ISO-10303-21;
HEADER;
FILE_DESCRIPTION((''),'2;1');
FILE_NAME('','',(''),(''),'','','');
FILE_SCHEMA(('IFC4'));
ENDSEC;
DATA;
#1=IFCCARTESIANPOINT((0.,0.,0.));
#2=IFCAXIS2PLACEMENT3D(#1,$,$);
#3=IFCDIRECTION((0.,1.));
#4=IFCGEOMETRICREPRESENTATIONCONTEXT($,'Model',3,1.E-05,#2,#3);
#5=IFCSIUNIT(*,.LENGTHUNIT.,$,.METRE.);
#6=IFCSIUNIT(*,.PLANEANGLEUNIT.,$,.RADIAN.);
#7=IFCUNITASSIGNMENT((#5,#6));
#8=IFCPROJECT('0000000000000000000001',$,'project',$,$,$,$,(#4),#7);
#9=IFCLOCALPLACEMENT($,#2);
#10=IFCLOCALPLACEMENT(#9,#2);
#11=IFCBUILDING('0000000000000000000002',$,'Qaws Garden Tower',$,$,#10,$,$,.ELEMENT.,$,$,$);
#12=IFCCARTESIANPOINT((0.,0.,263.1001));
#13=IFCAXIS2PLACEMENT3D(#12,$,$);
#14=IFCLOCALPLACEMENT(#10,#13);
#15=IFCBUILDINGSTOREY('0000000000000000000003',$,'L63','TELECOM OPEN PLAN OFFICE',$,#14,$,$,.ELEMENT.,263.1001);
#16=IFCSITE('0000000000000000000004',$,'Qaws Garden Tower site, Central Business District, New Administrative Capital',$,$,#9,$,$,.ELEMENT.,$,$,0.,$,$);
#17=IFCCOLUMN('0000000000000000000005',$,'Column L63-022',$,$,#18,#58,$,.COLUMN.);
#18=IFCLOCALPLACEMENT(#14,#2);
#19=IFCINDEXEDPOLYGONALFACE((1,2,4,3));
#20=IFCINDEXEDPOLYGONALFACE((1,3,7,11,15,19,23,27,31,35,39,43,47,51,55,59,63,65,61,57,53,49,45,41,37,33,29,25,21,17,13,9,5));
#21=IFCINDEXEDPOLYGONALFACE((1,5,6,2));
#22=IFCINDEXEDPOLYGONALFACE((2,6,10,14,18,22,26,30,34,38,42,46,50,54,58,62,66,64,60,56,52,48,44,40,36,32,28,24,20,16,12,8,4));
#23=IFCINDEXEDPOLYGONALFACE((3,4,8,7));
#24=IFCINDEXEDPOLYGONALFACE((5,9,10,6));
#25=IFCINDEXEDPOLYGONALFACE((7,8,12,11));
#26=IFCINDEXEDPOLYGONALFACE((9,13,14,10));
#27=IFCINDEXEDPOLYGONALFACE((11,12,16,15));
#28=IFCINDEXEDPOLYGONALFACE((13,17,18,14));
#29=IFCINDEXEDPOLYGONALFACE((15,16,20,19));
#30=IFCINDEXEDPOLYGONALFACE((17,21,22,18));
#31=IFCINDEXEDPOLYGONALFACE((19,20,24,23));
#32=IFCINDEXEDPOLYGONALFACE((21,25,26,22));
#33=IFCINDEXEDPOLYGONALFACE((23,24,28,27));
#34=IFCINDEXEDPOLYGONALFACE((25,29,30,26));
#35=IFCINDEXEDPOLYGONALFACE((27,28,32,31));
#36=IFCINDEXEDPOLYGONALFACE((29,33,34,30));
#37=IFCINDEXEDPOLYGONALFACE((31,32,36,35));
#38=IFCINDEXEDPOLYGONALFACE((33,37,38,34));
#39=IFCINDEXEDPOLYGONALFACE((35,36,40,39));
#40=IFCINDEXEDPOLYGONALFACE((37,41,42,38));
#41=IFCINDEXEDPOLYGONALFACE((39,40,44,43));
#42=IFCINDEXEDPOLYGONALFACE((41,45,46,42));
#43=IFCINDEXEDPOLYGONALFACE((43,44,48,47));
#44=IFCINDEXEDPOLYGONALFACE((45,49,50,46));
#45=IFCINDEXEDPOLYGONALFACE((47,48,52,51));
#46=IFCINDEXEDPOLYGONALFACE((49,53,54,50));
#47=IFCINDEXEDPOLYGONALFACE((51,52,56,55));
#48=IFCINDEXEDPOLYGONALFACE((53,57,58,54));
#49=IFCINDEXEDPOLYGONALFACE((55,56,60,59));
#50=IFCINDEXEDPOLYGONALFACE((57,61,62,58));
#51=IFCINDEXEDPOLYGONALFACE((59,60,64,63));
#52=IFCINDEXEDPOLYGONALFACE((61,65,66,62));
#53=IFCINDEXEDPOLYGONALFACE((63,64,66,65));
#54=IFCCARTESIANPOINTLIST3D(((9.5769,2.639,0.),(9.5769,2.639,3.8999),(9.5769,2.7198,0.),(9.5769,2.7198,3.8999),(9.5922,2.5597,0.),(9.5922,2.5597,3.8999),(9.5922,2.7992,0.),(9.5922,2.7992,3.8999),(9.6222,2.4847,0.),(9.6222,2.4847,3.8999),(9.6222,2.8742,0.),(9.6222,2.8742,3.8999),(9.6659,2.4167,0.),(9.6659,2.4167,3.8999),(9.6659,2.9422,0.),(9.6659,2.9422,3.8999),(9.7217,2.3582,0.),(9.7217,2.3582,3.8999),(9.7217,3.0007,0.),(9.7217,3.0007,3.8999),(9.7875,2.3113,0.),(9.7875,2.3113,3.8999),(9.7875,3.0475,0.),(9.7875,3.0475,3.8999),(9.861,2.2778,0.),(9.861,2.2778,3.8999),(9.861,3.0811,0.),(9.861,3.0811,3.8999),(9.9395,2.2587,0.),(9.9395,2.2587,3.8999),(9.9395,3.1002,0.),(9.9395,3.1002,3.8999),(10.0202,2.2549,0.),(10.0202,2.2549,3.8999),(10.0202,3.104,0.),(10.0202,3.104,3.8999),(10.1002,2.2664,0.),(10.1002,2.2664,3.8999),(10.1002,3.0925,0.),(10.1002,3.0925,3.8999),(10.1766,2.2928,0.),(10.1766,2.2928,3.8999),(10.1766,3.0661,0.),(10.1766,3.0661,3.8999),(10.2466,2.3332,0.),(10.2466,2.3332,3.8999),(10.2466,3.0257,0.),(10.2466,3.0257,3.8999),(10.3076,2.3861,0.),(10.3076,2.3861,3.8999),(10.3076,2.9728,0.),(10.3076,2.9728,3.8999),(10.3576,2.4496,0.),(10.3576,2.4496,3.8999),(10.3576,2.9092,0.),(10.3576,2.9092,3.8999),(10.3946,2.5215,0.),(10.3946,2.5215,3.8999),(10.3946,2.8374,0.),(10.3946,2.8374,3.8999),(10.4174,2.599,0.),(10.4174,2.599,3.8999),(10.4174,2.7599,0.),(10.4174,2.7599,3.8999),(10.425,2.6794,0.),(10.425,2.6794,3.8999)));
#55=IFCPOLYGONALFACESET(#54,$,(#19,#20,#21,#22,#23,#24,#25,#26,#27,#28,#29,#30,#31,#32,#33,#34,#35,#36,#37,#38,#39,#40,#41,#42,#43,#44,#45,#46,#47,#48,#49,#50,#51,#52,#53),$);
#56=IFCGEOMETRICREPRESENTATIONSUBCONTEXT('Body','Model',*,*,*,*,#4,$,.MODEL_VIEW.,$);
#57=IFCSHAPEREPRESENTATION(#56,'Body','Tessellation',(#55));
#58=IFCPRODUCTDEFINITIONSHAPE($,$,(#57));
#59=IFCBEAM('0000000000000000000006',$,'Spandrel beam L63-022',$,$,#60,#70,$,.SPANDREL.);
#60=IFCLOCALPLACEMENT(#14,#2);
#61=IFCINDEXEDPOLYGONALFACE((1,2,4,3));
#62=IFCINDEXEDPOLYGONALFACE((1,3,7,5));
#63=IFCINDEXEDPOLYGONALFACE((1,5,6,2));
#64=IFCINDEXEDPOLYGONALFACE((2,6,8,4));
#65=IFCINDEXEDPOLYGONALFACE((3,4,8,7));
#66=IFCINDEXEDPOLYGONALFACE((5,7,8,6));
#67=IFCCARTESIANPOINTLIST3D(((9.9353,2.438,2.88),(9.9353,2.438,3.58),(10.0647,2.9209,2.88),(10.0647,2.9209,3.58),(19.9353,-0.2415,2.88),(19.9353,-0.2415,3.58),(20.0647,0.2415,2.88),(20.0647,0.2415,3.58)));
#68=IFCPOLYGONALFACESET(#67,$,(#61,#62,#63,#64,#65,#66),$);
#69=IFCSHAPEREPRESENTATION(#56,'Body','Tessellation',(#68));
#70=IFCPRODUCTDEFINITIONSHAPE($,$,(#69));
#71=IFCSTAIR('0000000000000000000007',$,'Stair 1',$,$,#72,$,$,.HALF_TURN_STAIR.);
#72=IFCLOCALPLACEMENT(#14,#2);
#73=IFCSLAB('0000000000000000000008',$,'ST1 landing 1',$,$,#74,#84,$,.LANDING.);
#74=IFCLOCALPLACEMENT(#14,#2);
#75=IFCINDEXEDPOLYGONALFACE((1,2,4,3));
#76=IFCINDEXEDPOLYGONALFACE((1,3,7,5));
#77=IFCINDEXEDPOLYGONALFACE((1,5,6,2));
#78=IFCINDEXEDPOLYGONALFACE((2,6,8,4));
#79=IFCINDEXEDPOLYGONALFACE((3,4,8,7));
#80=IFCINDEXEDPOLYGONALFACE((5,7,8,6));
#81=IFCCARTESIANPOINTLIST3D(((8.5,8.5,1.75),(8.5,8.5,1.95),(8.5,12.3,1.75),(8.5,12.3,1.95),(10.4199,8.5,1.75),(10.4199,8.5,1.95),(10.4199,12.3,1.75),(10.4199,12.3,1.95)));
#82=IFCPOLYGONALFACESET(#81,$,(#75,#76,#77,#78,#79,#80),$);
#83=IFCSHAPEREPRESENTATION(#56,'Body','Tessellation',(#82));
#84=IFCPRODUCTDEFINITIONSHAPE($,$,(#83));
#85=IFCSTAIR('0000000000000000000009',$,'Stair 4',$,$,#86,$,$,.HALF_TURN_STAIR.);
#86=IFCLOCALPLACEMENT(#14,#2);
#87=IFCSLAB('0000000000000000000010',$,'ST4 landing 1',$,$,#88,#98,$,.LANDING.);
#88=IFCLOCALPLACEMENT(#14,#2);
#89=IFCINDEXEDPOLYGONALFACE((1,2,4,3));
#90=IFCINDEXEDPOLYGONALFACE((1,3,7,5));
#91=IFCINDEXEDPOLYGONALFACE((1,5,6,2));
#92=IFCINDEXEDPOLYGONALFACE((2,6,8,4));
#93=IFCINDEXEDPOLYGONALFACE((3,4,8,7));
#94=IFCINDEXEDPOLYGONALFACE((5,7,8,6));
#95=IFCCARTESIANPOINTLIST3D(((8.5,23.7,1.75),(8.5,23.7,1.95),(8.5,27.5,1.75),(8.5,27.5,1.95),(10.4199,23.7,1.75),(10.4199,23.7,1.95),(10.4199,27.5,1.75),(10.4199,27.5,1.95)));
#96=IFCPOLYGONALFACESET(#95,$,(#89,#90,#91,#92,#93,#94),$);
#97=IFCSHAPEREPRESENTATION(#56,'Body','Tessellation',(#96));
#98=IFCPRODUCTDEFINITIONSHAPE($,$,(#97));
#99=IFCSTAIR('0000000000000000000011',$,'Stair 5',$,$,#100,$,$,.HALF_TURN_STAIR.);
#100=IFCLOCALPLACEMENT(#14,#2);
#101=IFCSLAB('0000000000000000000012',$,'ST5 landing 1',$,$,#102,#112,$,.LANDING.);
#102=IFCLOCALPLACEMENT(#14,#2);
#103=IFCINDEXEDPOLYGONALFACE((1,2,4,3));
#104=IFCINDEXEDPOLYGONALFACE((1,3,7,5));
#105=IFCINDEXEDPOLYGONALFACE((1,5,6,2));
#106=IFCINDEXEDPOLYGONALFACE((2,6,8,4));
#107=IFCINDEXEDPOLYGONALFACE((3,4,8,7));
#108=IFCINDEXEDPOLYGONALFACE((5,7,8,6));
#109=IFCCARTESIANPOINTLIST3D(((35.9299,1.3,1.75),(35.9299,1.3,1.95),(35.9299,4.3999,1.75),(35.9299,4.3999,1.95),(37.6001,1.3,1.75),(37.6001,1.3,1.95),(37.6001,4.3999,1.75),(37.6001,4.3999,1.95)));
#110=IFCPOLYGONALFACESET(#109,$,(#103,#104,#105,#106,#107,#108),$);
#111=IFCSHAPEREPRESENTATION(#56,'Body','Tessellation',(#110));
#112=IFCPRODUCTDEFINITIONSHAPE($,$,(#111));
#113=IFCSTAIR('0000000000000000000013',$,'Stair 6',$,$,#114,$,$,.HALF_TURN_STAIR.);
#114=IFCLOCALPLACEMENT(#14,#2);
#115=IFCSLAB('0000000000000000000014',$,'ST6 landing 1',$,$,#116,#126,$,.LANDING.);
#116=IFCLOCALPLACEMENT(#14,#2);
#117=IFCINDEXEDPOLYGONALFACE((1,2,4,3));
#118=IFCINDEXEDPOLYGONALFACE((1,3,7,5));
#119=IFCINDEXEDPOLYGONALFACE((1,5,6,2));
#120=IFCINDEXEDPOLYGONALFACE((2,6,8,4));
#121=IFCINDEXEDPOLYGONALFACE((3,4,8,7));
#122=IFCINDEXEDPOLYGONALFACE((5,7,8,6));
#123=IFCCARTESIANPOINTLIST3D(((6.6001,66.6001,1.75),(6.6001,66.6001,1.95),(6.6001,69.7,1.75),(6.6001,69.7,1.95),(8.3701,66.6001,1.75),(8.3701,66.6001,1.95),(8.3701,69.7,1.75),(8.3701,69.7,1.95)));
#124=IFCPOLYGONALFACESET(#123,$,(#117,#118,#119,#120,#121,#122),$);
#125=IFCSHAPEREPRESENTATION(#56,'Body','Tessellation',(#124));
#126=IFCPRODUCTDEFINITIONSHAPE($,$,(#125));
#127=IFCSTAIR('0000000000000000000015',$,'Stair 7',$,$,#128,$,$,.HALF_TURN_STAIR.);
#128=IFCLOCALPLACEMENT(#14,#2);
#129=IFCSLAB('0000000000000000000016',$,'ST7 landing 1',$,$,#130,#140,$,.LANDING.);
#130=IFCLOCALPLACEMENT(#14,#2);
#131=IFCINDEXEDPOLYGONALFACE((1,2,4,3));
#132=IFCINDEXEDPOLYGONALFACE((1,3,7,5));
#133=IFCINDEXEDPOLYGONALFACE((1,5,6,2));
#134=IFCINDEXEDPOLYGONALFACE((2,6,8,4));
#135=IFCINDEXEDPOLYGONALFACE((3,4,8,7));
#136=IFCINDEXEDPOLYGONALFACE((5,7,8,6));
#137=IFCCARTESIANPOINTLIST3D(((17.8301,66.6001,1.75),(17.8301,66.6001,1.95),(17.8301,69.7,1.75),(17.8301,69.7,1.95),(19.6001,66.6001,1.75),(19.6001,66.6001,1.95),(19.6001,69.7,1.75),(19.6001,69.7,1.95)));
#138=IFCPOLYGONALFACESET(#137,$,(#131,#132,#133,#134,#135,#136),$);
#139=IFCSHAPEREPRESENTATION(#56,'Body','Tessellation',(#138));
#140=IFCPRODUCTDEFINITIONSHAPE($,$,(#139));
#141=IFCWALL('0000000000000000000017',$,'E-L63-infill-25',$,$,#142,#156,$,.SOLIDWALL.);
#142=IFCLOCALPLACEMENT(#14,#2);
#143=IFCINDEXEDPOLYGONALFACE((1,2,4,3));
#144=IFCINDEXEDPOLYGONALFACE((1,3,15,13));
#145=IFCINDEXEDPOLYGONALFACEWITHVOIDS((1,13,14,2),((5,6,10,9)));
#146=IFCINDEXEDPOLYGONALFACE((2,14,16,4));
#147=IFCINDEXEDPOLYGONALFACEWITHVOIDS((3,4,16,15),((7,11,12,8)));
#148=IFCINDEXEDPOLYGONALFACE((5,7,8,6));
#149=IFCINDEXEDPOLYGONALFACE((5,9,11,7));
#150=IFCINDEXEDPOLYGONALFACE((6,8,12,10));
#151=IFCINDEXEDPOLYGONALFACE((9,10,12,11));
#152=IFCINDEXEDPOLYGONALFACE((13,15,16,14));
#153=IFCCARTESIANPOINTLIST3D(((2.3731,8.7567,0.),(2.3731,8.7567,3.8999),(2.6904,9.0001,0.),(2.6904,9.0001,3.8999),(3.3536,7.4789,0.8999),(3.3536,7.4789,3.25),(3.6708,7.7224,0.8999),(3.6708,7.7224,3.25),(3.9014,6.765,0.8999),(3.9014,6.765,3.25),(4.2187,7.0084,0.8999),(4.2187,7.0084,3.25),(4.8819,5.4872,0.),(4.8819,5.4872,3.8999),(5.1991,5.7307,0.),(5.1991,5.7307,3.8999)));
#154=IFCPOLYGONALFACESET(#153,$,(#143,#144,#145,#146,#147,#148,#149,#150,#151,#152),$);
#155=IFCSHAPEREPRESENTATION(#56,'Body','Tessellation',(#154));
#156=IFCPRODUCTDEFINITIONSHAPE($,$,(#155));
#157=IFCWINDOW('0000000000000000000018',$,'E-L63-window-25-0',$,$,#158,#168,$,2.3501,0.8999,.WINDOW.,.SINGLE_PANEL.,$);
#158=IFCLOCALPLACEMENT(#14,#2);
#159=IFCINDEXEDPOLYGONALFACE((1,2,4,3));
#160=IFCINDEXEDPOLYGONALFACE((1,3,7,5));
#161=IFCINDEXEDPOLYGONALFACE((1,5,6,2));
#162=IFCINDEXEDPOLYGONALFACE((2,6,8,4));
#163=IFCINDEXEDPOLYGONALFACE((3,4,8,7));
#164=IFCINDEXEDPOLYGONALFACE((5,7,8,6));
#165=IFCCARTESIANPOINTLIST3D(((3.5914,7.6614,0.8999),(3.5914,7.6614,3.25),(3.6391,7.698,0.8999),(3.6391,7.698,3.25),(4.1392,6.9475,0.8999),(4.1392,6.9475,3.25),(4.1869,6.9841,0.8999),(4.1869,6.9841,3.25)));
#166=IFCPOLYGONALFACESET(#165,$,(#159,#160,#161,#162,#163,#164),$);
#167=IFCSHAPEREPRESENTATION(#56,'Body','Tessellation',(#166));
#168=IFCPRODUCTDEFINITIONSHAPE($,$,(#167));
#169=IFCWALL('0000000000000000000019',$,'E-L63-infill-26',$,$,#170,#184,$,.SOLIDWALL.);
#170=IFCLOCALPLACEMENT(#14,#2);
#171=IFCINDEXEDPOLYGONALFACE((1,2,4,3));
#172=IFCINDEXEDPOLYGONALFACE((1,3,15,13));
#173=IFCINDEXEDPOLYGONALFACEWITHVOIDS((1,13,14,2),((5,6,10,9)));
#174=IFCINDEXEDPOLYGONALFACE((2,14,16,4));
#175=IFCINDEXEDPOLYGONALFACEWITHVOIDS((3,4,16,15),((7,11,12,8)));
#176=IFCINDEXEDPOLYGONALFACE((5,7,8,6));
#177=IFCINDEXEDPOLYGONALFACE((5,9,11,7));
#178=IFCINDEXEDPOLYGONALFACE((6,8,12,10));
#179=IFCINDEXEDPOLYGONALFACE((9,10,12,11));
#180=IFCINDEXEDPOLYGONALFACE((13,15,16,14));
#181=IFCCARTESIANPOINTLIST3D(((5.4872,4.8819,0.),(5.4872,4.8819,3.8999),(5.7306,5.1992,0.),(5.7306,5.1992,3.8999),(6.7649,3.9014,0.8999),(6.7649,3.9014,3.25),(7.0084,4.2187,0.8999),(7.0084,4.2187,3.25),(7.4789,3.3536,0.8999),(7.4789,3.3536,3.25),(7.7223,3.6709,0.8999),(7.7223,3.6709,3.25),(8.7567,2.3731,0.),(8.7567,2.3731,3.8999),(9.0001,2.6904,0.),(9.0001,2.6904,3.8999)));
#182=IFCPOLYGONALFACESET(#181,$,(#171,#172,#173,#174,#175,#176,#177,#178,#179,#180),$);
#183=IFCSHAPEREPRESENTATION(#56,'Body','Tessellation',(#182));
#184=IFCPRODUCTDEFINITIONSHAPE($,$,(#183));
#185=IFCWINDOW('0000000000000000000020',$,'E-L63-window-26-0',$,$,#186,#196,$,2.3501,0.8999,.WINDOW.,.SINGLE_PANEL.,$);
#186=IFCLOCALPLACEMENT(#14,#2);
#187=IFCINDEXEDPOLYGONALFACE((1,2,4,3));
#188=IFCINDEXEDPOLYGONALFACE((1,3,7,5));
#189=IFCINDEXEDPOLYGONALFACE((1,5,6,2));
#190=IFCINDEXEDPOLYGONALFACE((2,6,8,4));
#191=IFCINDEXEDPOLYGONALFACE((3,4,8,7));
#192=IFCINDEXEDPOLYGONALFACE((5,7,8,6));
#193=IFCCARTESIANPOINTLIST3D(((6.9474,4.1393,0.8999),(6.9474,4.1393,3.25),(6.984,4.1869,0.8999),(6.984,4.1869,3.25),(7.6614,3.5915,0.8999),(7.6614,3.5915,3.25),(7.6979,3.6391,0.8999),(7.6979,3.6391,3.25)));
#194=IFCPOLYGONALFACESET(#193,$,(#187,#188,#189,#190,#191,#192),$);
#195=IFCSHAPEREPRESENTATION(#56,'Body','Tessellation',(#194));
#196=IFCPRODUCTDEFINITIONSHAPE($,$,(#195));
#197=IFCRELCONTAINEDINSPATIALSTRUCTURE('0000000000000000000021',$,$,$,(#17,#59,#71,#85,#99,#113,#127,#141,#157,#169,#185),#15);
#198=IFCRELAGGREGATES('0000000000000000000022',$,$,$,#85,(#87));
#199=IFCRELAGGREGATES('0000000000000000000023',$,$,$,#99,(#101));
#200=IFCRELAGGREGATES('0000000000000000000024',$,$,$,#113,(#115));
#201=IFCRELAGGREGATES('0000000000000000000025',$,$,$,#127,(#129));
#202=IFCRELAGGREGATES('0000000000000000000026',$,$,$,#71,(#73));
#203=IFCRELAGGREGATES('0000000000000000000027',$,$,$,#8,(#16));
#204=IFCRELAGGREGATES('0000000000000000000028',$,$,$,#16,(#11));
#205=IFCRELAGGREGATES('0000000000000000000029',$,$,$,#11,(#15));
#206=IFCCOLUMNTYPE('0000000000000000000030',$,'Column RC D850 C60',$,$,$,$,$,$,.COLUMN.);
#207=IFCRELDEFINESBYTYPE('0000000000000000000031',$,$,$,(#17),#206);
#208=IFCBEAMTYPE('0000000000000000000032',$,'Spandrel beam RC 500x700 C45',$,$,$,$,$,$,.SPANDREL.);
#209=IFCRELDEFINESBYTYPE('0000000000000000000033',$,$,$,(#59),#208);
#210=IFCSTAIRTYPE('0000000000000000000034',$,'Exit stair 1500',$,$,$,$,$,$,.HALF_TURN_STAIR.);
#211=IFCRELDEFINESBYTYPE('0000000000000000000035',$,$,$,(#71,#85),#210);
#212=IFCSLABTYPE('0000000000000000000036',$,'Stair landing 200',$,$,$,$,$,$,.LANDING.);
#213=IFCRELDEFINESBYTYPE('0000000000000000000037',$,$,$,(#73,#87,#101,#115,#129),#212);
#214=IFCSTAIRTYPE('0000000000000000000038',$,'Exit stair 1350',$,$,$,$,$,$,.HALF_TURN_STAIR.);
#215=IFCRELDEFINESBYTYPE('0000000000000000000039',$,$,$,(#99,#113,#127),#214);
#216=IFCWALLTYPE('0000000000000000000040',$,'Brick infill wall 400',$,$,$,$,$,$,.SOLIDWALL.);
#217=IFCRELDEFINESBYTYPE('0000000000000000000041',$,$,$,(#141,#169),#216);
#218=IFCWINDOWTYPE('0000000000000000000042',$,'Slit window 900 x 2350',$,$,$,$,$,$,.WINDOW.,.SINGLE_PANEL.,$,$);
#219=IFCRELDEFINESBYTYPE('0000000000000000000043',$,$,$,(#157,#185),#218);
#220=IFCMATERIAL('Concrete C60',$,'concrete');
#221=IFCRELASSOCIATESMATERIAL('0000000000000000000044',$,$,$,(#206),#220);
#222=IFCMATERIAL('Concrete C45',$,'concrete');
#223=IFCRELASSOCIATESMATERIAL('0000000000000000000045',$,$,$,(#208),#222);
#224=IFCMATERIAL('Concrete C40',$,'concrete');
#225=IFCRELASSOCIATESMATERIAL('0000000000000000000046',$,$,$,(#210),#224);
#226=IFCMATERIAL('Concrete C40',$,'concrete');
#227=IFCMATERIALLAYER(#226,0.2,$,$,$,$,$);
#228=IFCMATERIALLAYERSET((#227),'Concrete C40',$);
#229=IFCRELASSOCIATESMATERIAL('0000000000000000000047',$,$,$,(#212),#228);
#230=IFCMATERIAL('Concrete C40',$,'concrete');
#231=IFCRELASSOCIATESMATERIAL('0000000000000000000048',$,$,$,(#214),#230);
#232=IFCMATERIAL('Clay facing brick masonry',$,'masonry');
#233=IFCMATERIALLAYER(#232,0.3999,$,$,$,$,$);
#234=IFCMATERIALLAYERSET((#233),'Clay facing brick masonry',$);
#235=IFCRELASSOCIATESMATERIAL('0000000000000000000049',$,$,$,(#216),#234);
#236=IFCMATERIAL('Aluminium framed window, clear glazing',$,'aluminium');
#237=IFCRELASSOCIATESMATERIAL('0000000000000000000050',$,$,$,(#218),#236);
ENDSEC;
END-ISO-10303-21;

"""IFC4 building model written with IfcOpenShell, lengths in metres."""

from ifc_helpers import new_model, si_unit, direction, frame, frame_2d, origin, origin_2d, place, context, subcontext, project, spatial, polyline, rectangle, circle, outline, extrude, material, layer, layer_set, material_profile, profile_set, type_object, element, fill, aggregate, save


model = new_model("IFC4")

# Units and contexts
model_context = context("Model", 3, precision=1e-05, world=origin(), true_north=direction((0.0, 1.0)))
body_context = subcontext(model_context, "Body", "Model", "MODEL_VIEW")
ifc_project = project(units=[si_unit("LENGTHUNIT", "METRE"), si_unit("PLANEANGLEUNIT", "RADIAN")], contexts=[model_context])

# Site, building, storey
site_placement = place(None, origin())
site = spatial("IfcSite", under=ifc_project, at=site_placement, Name="Qaws Garden Tower site, Central Business District, New Administrative Capital", CompositionType="ELEMENT", RefElevation=0.0)
building_placement = place(site_placement, origin())
building = spatial("IfcBuilding", under=site, at=building_placement, Name="Qaws Garden Tower", CompositionType="ELEMENT")
storey_placement = place(building_placement, frame((0.0, 0.0, 263.1001)))
storey = spatial("IfcBuildingStorey", under=building, at=storey_placement, Name="L63", Description="TELECOM OPEN PLAN OFFICE", CompositionType="ELEMENT", Elevation=263.1001)

# Column
ifc_material_1 = material(Name="Concrete C60", Category="concrete")
ifc_material_profile_1 = material_profile(ifc_material_1, circle(Radius=0.425, at=origin_2d()), Name="RC D850")
ifc_profile_set_1 = profile_set([ifc_material_profile_1], Name="Concrete C60")
column_type = type_object("IfcColumnType", Name="Column RC D850 C60", PredefinedType="COLUMN", material=ifc_profile_set_1)
column_placement = place(storey_placement, frame((10.0, 2.6794, 0.0), z_axis=(0.0, 0.0, 1.0), x_axis=(1.0, 0.0, 0.0)))
element("IfcColumn", 1, at=column_placement, inside=storey, type_object=column_type, Name="Column L63-022", PredefinedType="COLUMN", context=body_context, shape_type="SweptSolid", body=[
    extrude(circle(Radius=0.425, at=origin_2d()), origin(), (0.0, 0.0, 1.0), 3.8999),
])

# Beam
ifc_material_2 = material(Name="Concrete C45", Category="concrete")
ifc_material_profile_2 = material_profile(ifc_material_2, rectangle(XDim=0.5, YDim=0.7, at=origin_2d()), Name="RC 500x700")
ifc_profile_set_2 = profile_set([ifc_material_profile_2], Name="Concrete C45")
beam_type = type_object("IfcBeamType", Name="Spandrel beam RC 500x700 C45", PredefinedType="SPANDREL", material=ifc_profile_set_2)
beam_placement = place(storey_placement, frame((10.0, 2.6794, 3.23), z_axis=(0.965927, -0.258815, 0.0), x_axis=(0.258815, 0.965927, 0.0)))
element("IfcBeam", 2, at=beam_placement, inside=storey, type_object=beam_type, Name="Spandrel beam L63-022", PredefinedType="SPANDREL", context=body_context, shape_type="SweptSolid", body=[
    extrude(rectangle(XDim=0.5, YDim=0.7, at=origin_2d()), origin(), (0.0, 0.0, 1.0), 10.3528),
])

# Stairs, slabs
ifc_material_3 = material(Name="Concrete C40", Category="concrete")
stair_type_1 = type_object("IfcStairType", Name="Exit stair 1500", PredefinedType="HALF_TURN_STAIR", material=ifc_material_3)
placement_1 = place(storey_placement, origin())
stair_1 = element("IfcStair", 3, at=placement_1, inside=storey, type_object=stair_type_1, Name="Stair 1", PredefinedType="HALF_TURN_STAIR")
ifc_material_4 = material(Name="Concrete C40", Category="concrete")
ifc_layer_1 = layer(ifc_material_4, 0.2)
ifc_layer_set_1 = layer_set([ifc_layer_1], Name="Concrete C40")
slab_type = type_object("IfcSlabType", Name="Stair landing 200", PredefinedType="LANDING", material=ifc_layer_set_1)
placement_2 = place(storey_placement, frame((0.0, 0.0, 1.75)))
slab_1 = element("IfcSlab", 4, at=placement_2, type_object=slab_type, Name="ST1 landing 1", PredefinedType="LANDING", context=body_context, shape_type="SweptSolid", body=[
    extrude(outline(polyline([(8.5, 8.5), (10.4199, 8.5), (10.4199, 12.3), (8.5, 12.3), (8.5, 8.5)])), origin(), (0.0, 0.0, 1.0), 0.2),
])
stair_2 = element("IfcStair", 5, at=placement_1, inside=storey, type_object=stair_type_1, Name="Stair 4", PredefinedType="HALF_TURN_STAIR")
slab_2 = element("IfcSlab", 6, at=placement_2, type_object=slab_type, Name="ST4 landing 1", PredefinedType="LANDING", context=body_context, shape_type="SweptSolid", body=[
    extrude(outline(polyline([(8.5, 23.7), (10.4199, 23.7), (10.4199, 27.5), (8.5, 27.5), (8.5, 23.7)])), origin(), (0.0, 0.0, 1.0), 0.2),
])
aggregate(stair_2, [slab_2])
ifc_material_5 = material(Name="Concrete C40", Category="concrete")
stair_type_2 = type_object("IfcStairType", Name="Exit stair 1350", PredefinedType="HALF_TURN_STAIR", material=ifc_material_5)
stair_3 = element("IfcStair", 7, at=placement_1, inside=storey, type_object=stair_type_2, Name="Stair 5", PredefinedType="HALF_TURN_STAIR")
slab_3 = element("IfcSlab", 8, at=placement_2, type_object=slab_type, Name="ST5 landing 1", PredefinedType="LANDING", context=body_context, shape_type="SweptSolid", body=[
    extrude(outline(polyline([(35.9299, 1.3), (37.6001, 1.3), (37.6001, 4.3999), (35.9299, 4.3999), (35.9299, 1.3)])), origin(), (0.0, 0.0, 1.0), 0.2),
])
aggregate(stair_3, [slab_3])
stair_4 = element("IfcStair", 9, at=placement_1, inside=storey, type_object=stair_type_2, Name="Stair 6", PredefinedType="HALF_TURN_STAIR")
slab_4 = element("IfcSlab", 10, at=placement_2, type_object=slab_type, Name="ST6 landing 1", PredefinedType="LANDING", context=body_context, shape_type="SweptSolid", body=[
    extrude(outline(polyline([(6.6001, 66.6001), (8.3701, 66.6001), (8.3701, 69.7), (6.6001, 69.7), (6.6001, 66.6001)])), origin(), (0.0, 0.0, 1.0), 0.2),
])
aggregate(stair_4, [slab_4])
stair_5 = element("IfcStair", 11, at=placement_1, inside=storey, type_object=stair_type_2, Name="Stair 7", PredefinedType="HALF_TURN_STAIR")
slab_5 = element("IfcSlab", 12, at=placement_2, type_object=slab_type, Name="ST7 landing 1", PredefinedType="LANDING", context=body_context, shape_type="SweptSolid", body=[
    extrude(outline(polyline([(17.8301, 66.6001), (19.6001, 66.6001), (19.6001, 69.7), (17.8301, 69.7), (17.8301, 66.6001)])), origin(), (0.0, 0.0, 1.0), 0.2),
])
aggregate(stair_5, [slab_5])

# Walls, openings, windows
ifc_material_6 = material(Name="Clay facing brick masonry", Category="masonry")
ifc_layer_2 = layer(ifc_material_6, 0.3999)
ifc_layer_set_2 = layer_set([ifc_layer_2], Name="Clay facing brick masonry")
wall_type_1 = type_object("IfcWallType", Name="Brick infill wall 400", PredefinedType="SOLIDWALL", material=ifc_layer_set_2)
wall_1_placement = place(storey_placement, frame((2.5317, 8.8784, 0.0), z_axis=(0.0, 0.0, 1.0), x_axis=(0.60876, -0.793355, 0.0)))
wall_1 = element("IfcWall", 13, at=wall_1_placement, inside=storey, type_object=wall_type_1, Name="E-L63-infill-25", PredefinedType="SOLIDWALL", context=body_context, shape_type="SweptSolid", body=[
    extrude(rectangle(XDim=4.1211, YDim=0.3999, at=frame_2d((2.0605, 0.0))), origin(), (0.0, 0.0, 1.0), 3.8999),
])
opening_1_placement = place(wall_1_placement, frame((1.6106, 0.0, 0.8999)))
opening_1 = element("IfcOpeningElement", 14, at=opening_1_placement, cuts=wall_1, PredefinedType="OPENING", context=body_context, shape_type="SweptSolid", body=[
    extrude(rectangle(XDim=0.8999, YDim=2.3501, at=frame_2d((0.45, 1.175))), frame((0.0, 0.21, 0.0), z_axis=(0.0, -1.0, 0.0), x_axis=(1.0, 0.0, 0.0)), (0.0, 0.0, 1.0), 0.4199),
])
ifc_material_7 = material(Name="Aluminium framed window, clear glazing", Category="aluminium")
window_type = type_object("IfcWindowType", Name="Slit window 900 x 2350", PartitioningType="SINGLE_PANEL", PredefinedType="WINDOW", material=ifc_material_7)
window_1_placement = place(opening_1_placement, origin())
window_1 = element("IfcWindow", 15, at=window_1_placement, inside=storey, type_object=window_type, Name="E-L63-window-25-0", OverallHeight=2.3501, OverallWidth=0.8999, PartitioningType="SINGLE_PANEL", PredefinedType="WINDOW", context=body_context, shape_type="SweptSolid", body=[
    extrude(rectangle(XDim=0.8999, YDim=2.3501, at=frame_2d((0.45, 1.175))), frame((0.0, 0.1599, 0.0), z_axis=(0.0, -1.0, 0.0), x_axis=(1.0, 0.0, 0.0)), (0.0, 0.0, 1.0), 0.0601),
])
fill(opening_1, window_1)
wall_2_placement = place(storey_placement, frame((5.6089, 5.0405, 0.0), z_axis=(0.0, 0.0, 1.0), x_axis=(0.793355, -0.60876, 0.0)))
wall_2 = element("IfcWall", 16, at=wall_2_placement, inside=storey, type_object=wall_type_1, Name="E-L63-infill-26", PredefinedType="SOLIDWALL", context=body_context, shape_type="SweptSolid", body=[
    extrude(rectangle(XDim=4.1211, YDim=0.3999, at=frame_2d((2.0605, 0.0))), origin(), (0.0, 0.0, 1.0), 3.8999),
])
opening_2_placement = place(wall_2_placement, frame((1.6106, 0.0, 0.8999)))
opening_2 = element("IfcOpeningElement", 17, at=opening_2_placement, cuts=wall_2, PredefinedType="OPENING", context=body_context, shape_type="SweptSolid", body=[
    extrude(rectangle(XDim=0.8999, YDim=2.3501, at=frame_2d((0.45, 1.175))), frame((0.0, 0.21, 0.0), z_axis=(0.0, -1.0, 0.0), x_axis=(1.0, 0.0, 0.0)), (0.0, 0.0, 1.0), 0.4199),
])
window_2_placement = place(opening_2_placement, origin())
window_2 = element("IfcWindow", 18, at=window_2_placement, inside=storey, type_object=window_type, Name="E-L63-window-26-0", OverallHeight=2.3501, OverallWidth=0.8999, PartitioningType="SINGLE_PANEL", PredefinedType="WINDOW", context=body_context, shape_type="SweptSolid", body=[
    extrude(rectangle(XDim=0.8999, YDim=2.3501, at=frame_2d((0.45, 1.175))), frame((0.0, 0.1599, 0.0), z_axis=(0.0, -1.0, 0.0), x_axis=(1.0, 0.0, 0.0)), (0.0, 0.0, 1.0), 0.0601),
])
fill(opening_2, window_2)

aggregate(stair_1, [slab_1])

save(model, "model.ifc")
